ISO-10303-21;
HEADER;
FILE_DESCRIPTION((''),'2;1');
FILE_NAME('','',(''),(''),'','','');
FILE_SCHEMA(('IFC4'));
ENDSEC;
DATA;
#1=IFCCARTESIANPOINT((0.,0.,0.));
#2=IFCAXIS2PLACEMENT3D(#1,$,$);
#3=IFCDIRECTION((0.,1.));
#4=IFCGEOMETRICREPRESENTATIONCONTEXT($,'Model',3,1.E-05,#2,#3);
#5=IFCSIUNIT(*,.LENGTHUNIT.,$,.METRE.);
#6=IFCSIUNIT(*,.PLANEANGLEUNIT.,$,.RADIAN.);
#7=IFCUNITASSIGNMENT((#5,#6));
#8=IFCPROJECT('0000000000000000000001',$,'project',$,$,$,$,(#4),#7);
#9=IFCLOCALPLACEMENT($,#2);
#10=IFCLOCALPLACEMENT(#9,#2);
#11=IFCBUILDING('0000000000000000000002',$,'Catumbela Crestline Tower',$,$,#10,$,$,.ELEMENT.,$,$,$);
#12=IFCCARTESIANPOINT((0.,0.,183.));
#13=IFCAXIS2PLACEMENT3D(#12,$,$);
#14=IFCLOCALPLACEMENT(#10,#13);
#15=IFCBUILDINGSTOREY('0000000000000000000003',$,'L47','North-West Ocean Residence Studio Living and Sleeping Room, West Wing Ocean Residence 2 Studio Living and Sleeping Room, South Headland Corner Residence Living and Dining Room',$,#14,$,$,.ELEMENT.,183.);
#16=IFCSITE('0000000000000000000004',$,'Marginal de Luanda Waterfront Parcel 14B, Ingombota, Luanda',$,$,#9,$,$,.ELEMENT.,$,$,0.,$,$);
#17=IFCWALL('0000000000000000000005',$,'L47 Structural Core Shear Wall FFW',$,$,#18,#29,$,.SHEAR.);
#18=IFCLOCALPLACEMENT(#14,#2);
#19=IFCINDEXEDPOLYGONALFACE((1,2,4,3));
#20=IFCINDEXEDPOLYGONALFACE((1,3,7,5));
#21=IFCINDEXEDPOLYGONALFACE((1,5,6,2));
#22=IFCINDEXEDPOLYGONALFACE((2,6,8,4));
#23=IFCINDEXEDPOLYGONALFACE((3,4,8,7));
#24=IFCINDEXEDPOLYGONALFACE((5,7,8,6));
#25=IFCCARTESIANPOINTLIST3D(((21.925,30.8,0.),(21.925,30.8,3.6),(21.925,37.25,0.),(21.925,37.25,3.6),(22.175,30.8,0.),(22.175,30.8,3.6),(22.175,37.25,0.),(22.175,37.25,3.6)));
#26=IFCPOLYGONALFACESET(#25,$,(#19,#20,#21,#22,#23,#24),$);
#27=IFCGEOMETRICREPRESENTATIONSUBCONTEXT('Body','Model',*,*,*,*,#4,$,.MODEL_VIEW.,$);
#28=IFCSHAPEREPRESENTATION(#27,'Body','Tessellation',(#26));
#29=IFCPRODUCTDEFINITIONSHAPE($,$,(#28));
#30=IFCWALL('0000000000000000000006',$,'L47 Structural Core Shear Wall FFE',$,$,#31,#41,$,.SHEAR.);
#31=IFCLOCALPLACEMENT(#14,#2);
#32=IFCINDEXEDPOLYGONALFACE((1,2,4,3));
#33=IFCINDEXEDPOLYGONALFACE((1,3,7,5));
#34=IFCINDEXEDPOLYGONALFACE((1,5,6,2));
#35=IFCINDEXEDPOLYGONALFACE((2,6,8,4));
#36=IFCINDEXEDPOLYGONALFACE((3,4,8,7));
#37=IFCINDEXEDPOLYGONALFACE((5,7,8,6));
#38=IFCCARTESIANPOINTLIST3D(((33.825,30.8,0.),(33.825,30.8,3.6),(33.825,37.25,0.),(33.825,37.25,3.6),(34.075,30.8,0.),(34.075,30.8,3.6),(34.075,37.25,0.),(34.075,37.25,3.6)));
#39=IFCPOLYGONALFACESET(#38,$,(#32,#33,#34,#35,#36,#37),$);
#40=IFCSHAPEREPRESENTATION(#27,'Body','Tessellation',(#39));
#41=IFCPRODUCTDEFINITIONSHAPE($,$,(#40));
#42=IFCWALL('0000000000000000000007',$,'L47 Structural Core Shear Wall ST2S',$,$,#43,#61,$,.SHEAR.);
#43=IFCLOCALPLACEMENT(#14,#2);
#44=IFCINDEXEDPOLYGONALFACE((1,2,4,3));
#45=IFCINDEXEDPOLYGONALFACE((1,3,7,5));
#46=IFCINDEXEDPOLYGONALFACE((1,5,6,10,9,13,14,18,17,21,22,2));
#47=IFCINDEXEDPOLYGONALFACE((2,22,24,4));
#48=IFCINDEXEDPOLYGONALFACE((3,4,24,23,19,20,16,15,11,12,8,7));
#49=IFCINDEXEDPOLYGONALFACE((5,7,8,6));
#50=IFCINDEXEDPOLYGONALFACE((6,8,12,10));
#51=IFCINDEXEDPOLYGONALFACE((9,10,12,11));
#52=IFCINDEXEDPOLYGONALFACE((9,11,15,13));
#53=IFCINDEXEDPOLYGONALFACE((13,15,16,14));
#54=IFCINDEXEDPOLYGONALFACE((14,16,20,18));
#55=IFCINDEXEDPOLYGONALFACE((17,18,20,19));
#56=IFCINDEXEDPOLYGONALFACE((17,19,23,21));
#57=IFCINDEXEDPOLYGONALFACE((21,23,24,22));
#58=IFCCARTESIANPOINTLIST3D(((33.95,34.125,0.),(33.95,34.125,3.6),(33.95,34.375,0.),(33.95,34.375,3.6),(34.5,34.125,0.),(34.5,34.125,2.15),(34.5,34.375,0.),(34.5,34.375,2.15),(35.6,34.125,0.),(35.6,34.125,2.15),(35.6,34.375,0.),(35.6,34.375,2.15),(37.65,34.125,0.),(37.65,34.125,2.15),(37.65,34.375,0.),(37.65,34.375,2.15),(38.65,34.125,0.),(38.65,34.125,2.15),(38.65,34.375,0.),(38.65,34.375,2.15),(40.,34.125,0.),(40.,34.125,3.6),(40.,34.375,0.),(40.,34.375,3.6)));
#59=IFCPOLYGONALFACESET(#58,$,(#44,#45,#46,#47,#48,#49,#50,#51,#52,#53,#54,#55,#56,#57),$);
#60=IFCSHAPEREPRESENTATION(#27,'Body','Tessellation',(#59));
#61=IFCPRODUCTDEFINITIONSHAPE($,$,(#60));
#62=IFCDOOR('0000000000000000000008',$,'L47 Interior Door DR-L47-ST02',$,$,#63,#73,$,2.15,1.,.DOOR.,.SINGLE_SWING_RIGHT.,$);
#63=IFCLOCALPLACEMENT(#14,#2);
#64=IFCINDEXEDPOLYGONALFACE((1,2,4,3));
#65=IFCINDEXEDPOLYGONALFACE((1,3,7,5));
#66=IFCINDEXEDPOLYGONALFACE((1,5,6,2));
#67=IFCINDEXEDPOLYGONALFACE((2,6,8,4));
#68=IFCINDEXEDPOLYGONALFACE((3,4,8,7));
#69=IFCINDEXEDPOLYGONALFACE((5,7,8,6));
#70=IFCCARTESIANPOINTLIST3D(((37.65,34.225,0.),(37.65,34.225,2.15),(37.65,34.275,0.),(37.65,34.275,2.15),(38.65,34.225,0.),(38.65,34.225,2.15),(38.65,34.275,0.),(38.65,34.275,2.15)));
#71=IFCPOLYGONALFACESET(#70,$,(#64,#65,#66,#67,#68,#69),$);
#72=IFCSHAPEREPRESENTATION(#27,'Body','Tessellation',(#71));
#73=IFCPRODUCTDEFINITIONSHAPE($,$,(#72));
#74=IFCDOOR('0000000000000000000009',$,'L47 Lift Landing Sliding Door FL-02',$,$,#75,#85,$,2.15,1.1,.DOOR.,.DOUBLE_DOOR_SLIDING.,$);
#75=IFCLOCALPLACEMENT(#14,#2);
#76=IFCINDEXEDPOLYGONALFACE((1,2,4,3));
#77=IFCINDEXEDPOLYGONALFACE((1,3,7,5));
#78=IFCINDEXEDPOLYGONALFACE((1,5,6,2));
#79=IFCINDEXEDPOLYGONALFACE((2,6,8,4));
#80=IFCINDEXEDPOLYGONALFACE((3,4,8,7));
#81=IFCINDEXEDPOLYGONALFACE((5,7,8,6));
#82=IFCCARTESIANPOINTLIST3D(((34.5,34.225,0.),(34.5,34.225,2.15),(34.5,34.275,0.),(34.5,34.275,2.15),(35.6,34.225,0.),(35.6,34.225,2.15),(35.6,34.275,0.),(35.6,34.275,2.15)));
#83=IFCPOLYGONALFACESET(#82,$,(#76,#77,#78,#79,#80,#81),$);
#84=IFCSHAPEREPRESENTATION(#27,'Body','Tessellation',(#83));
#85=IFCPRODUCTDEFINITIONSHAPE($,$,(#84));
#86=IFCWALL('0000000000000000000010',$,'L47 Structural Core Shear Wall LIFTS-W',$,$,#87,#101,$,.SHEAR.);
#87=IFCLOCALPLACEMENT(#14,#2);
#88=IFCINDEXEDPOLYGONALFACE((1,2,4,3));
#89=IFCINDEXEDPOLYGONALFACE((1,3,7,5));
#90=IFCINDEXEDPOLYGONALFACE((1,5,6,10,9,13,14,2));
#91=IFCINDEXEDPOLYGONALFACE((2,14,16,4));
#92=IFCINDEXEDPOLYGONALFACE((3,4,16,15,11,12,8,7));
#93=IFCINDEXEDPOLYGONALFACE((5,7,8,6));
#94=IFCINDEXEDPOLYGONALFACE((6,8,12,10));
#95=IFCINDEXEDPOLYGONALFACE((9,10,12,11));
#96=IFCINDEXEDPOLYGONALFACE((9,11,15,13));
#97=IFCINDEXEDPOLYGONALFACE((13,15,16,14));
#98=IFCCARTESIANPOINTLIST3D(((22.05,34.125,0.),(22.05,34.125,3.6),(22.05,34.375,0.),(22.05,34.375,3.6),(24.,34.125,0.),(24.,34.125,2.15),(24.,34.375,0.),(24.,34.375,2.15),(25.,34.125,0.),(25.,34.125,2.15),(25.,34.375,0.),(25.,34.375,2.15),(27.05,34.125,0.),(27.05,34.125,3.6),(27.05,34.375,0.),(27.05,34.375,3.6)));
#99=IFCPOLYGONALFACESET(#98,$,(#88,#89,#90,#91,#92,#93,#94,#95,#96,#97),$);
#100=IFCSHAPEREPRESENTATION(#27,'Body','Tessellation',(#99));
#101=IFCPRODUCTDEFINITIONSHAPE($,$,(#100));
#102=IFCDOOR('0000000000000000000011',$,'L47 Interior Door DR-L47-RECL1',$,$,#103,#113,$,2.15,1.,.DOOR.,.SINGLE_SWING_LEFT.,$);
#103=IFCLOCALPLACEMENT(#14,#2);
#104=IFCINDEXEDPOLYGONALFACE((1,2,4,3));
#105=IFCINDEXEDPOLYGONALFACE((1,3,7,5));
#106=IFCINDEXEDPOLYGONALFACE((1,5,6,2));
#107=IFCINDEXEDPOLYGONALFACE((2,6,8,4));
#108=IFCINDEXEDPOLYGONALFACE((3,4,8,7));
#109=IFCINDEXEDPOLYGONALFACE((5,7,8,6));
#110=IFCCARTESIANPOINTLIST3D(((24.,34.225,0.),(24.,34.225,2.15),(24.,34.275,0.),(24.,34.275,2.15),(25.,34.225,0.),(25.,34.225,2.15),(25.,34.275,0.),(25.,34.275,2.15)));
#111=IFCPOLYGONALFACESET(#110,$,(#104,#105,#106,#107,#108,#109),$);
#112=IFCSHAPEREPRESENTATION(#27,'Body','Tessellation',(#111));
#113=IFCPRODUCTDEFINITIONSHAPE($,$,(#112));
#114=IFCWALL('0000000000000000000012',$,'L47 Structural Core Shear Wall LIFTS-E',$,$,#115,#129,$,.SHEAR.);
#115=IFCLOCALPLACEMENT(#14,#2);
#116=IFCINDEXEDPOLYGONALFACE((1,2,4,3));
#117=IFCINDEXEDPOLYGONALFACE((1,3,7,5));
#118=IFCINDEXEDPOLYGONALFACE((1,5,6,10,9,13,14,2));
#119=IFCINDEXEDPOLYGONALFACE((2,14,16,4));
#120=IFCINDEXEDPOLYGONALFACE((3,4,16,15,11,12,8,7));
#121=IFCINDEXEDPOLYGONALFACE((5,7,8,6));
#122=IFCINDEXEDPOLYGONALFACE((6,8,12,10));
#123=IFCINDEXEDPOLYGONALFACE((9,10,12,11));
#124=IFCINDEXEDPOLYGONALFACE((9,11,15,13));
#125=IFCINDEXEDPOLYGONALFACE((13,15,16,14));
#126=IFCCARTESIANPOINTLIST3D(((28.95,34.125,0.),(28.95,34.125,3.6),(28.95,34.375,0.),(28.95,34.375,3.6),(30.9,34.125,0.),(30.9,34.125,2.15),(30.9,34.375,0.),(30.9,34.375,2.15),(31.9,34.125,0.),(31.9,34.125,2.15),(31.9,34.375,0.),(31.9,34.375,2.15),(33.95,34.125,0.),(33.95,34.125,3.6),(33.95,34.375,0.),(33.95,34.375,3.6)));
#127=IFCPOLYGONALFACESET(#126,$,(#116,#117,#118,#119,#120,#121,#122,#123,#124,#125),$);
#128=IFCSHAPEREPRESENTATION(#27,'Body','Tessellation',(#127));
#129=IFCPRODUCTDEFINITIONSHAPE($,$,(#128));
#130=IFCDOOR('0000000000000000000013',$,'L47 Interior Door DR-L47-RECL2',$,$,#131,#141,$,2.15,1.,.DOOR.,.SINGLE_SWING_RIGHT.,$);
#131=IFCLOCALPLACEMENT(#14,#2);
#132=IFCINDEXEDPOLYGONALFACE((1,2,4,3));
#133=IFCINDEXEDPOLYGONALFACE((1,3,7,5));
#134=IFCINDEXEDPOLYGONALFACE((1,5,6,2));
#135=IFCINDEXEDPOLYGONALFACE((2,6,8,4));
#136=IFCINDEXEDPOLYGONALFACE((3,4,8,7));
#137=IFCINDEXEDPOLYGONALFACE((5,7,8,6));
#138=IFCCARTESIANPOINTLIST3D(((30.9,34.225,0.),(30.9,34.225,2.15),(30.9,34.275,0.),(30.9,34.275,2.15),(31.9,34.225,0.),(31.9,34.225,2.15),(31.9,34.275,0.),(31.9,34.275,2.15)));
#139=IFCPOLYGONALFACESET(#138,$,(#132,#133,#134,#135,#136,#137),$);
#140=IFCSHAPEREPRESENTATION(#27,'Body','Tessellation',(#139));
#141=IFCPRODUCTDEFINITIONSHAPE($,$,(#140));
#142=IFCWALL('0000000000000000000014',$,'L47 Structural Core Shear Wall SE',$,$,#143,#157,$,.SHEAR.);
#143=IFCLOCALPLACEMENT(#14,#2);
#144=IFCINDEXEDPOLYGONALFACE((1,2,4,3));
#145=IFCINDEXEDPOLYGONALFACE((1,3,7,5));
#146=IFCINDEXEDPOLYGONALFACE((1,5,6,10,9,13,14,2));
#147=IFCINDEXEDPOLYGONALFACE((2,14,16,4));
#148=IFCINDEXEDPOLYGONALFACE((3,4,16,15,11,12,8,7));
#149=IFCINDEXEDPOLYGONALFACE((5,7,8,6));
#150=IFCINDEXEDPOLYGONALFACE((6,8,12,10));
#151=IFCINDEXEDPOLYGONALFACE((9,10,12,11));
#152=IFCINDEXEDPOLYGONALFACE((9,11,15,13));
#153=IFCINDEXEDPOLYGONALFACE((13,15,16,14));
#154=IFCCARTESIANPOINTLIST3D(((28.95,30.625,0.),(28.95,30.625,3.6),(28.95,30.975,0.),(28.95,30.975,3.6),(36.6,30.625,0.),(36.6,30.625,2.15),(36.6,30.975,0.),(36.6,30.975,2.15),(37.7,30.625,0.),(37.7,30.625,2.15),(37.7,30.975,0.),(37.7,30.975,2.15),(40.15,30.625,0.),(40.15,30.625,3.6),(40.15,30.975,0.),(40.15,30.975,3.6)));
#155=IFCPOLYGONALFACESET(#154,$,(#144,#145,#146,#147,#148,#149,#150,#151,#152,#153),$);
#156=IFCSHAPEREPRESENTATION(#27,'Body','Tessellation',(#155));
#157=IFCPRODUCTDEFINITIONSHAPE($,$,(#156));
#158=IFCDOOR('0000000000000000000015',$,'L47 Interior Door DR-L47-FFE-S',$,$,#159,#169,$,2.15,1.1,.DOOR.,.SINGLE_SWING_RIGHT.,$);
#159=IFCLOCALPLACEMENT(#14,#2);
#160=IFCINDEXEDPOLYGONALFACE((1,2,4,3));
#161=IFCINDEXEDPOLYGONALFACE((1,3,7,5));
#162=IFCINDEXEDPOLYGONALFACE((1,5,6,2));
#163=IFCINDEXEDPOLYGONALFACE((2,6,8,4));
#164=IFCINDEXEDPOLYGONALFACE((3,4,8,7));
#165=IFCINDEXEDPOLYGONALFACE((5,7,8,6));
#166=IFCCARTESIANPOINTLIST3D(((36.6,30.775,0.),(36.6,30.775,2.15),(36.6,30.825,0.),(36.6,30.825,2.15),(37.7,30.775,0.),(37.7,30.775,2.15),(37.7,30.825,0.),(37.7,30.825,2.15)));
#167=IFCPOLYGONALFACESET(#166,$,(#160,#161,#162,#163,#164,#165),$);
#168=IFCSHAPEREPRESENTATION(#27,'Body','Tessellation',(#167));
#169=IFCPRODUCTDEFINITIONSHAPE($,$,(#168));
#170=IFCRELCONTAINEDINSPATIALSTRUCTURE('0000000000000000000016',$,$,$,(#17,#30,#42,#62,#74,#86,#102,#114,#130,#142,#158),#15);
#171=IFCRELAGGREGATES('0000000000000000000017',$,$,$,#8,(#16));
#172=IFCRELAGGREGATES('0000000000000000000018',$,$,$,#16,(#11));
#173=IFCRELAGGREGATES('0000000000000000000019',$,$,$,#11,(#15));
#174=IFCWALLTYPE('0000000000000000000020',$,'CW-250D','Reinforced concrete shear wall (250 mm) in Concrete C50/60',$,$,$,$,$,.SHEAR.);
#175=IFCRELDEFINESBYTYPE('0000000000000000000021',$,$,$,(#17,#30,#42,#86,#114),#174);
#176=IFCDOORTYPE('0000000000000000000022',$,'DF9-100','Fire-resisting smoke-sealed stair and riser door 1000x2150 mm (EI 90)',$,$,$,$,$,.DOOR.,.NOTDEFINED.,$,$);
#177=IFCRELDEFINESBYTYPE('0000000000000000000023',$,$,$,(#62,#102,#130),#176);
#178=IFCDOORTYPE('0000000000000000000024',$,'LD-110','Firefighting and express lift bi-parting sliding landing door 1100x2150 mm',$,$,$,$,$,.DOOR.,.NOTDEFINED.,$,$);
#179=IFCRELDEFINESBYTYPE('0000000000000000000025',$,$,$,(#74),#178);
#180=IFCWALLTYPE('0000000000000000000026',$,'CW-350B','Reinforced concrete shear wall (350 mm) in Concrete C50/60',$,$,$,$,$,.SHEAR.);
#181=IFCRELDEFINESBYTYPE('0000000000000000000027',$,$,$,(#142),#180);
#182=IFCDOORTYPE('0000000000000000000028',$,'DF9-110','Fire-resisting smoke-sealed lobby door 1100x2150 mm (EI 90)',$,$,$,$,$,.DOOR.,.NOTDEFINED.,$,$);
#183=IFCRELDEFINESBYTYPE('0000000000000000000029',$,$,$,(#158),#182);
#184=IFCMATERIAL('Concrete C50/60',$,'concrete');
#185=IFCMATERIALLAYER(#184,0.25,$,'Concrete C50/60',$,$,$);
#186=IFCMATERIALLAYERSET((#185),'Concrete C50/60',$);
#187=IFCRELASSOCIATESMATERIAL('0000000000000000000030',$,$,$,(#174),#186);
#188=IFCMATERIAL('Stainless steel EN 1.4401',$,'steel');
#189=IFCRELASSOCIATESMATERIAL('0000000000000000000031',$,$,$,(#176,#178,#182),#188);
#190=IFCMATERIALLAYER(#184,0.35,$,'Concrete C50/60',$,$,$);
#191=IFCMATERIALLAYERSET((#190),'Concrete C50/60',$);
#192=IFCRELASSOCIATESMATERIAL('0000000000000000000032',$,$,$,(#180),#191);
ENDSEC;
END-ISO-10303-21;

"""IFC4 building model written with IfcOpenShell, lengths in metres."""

from ifc_helpers import new_model, si_unit, direction, frame, frame_2d, origin, place, context, subcontext, project, spatial, rectangle, extrude, material, layer, layer_set, type_object, element, fill, save


model = new_model("IFC4")

# Units and contexts
model_context = context("Model", 3, precision=1e-05, world=origin(), true_north=direction((0.0, 1.0)))
body_context = subcontext(model_context, "Body", "Model", "MODEL_VIEW")
ifc_project = project(units=[si_unit("LENGTHUNIT", "METRE"), si_unit("PLANEANGLEUNIT", "RADIAN")], contexts=[model_context])

# Site, building, storey
site_placement = place(None, origin())
site = spatial("IfcSite", under=ifc_project, at=site_placement, Name="Marginal de Luanda Waterfront Parcel 14B, Ingombota, Luanda", CompositionType="ELEMENT", RefElevation=0.0)
building_placement = place(site_placement, origin())
building = spatial("IfcBuilding", under=site, at=building_placement, Name="Catumbela Crestline Tower", CompositionType="ELEMENT")
storey_placement = place(building_placement, frame((0.0, 0.0, 183.0)))
storey = spatial("IfcBuildingStorey", under=building, at=storey_placement, Name="L47", Description="North-West Ocean Residence Studio Living and Sleeping Room, West Wing Ocean Residence 2 Studio Living and Sleeping Room, South Headland Corner Residence Living and Dining Room", CompositionType="ELEMENT", Elevation=183.0)

# Walls
ifc_material_1 = material(Name="Concrete C50/60", Category="concrete")
ifc_layer_1 = layer(ifc_material_1, 0.25, Name="Concrete C50/60")
ifc_layer_set_1 = layer_set([ifc_layer_1], Name="Concrete C50/60")
wall_type_1 = type_object("IfcWallType", Name="CW-250D", Description="Reinforced concrete shear wall (250 mm) in Concrete C50/60", PredefinedType="SHEAR", material=ifc_layer_set_1)
for number, where, z_axis, x_axis, name in (
    (1, (22.05, 30.8, 0.0), (0.0, 0.0, 1.0), (0.0, 1.0, 0.0), "L47 Structural Core Shear Wall FFW"),
    (2, (33.95, 30.8, 0.0), (0.0, 0.0, 1.0), (0.0, 1.0, 0.0), "L47 Structural Core Shear Wall FFE"),
):
    element("IfcWall", number, at=place(storey_placement, frame(where, z_axis=z_axis, x_axis=x_axis)), inside=storey, type_object=wall_type_1, Name=name, PredefinedType="SHEAR", context=body_context, shape_type="SweptSolid", body=[
        extrude(rectangle(XDim=6.45, YDim=0.25, at=frame_2d((3.225, 0.0))), origin(), (0.0, 0.0, 1.0), 3.6),
    ])

# Wall, openings, doors
wall_1_placement = place(storey_placement, frame((33.95, 34.25, 0.0), z_axis=(0.0, 0.0, 1.0), x_axis=(1.0, 0.0, 0.0)))
wall_1 = element("IfcWall", 3, at=wall_1_placement, inside=storey, type_object=wall_type_1, Name="L47 Structural Core Shear Wall ST2S", PredefinedType="SHEAR", context=body_context, shape_type="SweptSolid", body=[
    extrude(rectangle(XDim=6.05, YDim=0.25, at=frame_2d((3.025, 0.0))), origin(), (0.0, 0.0, 1.0), 3.6),
])
opening_1_placement = place(wall_1_placement, frame((3.7, 0.0, 0.0)))
opening_1 = element("IfcOpeningElement", 4, at=opening_1_placement, cuts=wall_1, PredefinedType="OPENING", context=body_context, shape_type="SweptSolid", body=[
    extrude(rectangle(XDim=1.0, YDim=2.15, at=frame_2d((0.5, 1.075))), frame((0.0, 0.135, 0.0), z_axis=(0.0, -1.0, 0.0), x_axis=(1.0, 0.0, 0.0)), (0.0, 0.0, 1.0), 0.27),
])
opening_2_placement = place(wall_1_placement, frame((0.55, 0.0, 0.0)))
opening_2 = element("IfcOpeningElement", 5, at=opening_2_placement, cuts=wall_1, PredefinedType="OPENING", context=body_context, shape_type="SweptSolid", body=[
    extrude(rectangle(XDim=1.1, YDim=2.15, at=frame_2d((0.55, 1.075))), frame((0.0, 0.135, 0.0), z_axis=(0.0, -1.0, 0.0), x_axis=(1.0, 0.0, 0.0)), (0.0, 0.0, 1.0), 0.27),
])
ifc_material_2 = material(Name="Stainless steel EN 1.4401", Category="steel")
door_type_1 = type_object("IfcDoorType", Name="DF9-100", Description="Fire-resisting smoke-sealed stair and riser door 1000x2150 mm (EI 90)", OperationType="NOTDEFINED", PredefinedType="DOOR", material=ifc_material_2)
door_1_placement = place(opening_1_placement, origin())
door_1 = element("IfcDoor", 6, at=door_1_placement, inside=storey, type_object=door_type_1, Name="L47 Interior Door DR-L47-ST02", OperationType="SINGLE_SWING_RIGHT", OverallHeight=2.15, OverallWidth=1.0, PredefinedType="DOOR", context=body_context, shape_type="SweptSolid", body=[
    extrude(rectangle(XDim=1.0, YDim=2.15, at=frame_2d((0.5, 1.075))), frame((0.0, 0.025, 0.0), z_axis=(0.0, -1.0, 0.0), x_axis=(1.0, 0.0, 0.0)), (0.0, 0.0, 1.0), 0.05),
])
fill(opening_1, door_1)
door_type_2 = type_object("IfcDoorType", Name="LD-110", Description="Firefighting and express lift bi-parting sliding landing door 1100x2150 mm", OperationType="NOTDEFINED", PredefinedType="DOOR", material=ifc_material_2)
door_2_placement = place(opening_2_placement, origin())
door_2 = element("IfcDoor", 7, at=door_2_placement, inside=storey, type_object=door_type_2, Name="L47 Lift Landing Sliding Door FL-02", OperationType="DOUBLE_DOOR_SLIDING", OverallHeight=2.15, OverallWidth=1.1, PredefinedType="DOOR", context=body_context, shape_type="SweptSolid", body=[
    extrude(rectangle(XDim=1.1, YDim=2.15, at=frame_2d((0.55, 1.075))), frame((0.0, 0.025, 0.0), z_axis=(0.0, -1.0, 0.0), x_axis=(1.0, 0.0, 0.0)), (0.0, 0.0, 1.0), 0.05),
])
fill(opening_2, door_2)

# Walls, openings, doors
wall_2_placement = place(storey_placement, frame((22.05, 34.25, 0.0), z_axis=(0.0, 0.0, 1.0), x_axis=(1.0, 0.0, 0.0)))
wall_2 = element("IfcWall", 8, at=wall_2_placement, inside=storey, type_object=wall_type_1, Name="L47 Structural Core Shear Wall LIFTS-W", PredefinedType="SHEAR", context=body_context, shape_type="SweptSolid", body=[
    extrude(rectangle(XDim=5.0, YDim=0.25, at=frame_2d((2.5, 0.0))), origin(), (0.0, 0.0, 1.0), 3.6),
])
opening_3_placement = place(wall_2_placement, frame((1.95, 0.0, 0.0)))
opening_3 = element("IfcOpeningElement", 9, at=opening_3_placement, cuts=wall_2, PredefinedType="OPENING", context=body_context, shape_type="SweptSolid", body=[
    extrude(rectangle(XDim=1.0, YDim=2.15, at=frame_2d((0.5, 1.075))), frame((0.0, 0.135, 0.0), z_axis=(0.0, -1.0, 0.0), x_axis=(1.0, 0.0, 0.0)), (0.0, 0.0, 1.0), 0.27),
])
door_3_placement = place(opening_3_placement, origin())
door_3 = element("IfcDoor", 10, at=door_3_placement, inside=storey, type_object=door_type_1, Name="L47 Interior Door DR-L47-RECL1", OperationType="SINGLE_SWING_LEFT", OverallHeight=2.15, OverallWidth=1.0, PredefinedType="DOOR", context=body_context, shape_type="SweptSolid", body=[
    extrude(rectangle(XDim=1.0, YDim=2.15, at=frame_2d((0.5, 1.075))), frame((0.0, 0.025, 0.0), z_axis=(0.0, -1.0, 0.0), x_axis=(1.0, 0.0, 0.0)), (0.0, 0.0, 1.0), 0.05),
])
fill(opening_3, door_3)
wall_3_placement = place(storey_placement, frame((28.95, 34.25, 0.0), z_axis=(0.0, 0.0, 1.0), x_axis=(1.0, 0.0, 0.0)))
wall_3 = element("IfcWall", 11, at=wall_3_placement, inside=storey, type_object=wall_type_1, Name="L47 Structural Core Shear Wall LIFTS-E", PredefinedType="SHEAR", context=body_context, shape_type="SweptSolid", body=[
    extrude(rectangle(XDim=5.0, YDim=0.25, at=frame_2d((2.5, 0.0))), origin(), (0.0, 0.0, 1.0), 3.6),
])
opening_4_placement = place(wall_3_placement, frame((1.95, 0.0, 0.0)))
opening_4 = element("IfcOpeningElement", 12, at=opening_4_placement, cuts=wall_3, PredefinedType="OPENING", context=body_context, shape_type="SweptSolid", body=[
    extrude(rectangle(XDim=1.0, YDim=2.15, at=frame_2d((0.5, 1.075))), frame((0.0, 0.135, 0.0), z_axis=(0.0, -1.0, 0.0), x_axis=(1.0, 0.0, 0.0)), (0.0, 0.0, 1.0), 0.27),
])
door_4_placement = place(opening_4_placement, origin())
door_4 = element("IfcDoor", 13, at=door_4_placement, inside=storey, type_object=door_type_1, Name="L47 Interior Door DR-L47-RECL2", OperationType="SINGLE_SWING_RIGHT", OverallHeight=2.15, OverallWidth=1.0, PredefinedType="DOOR", context=body_context, shape_type="SweptSolid", body=[
    extrude(rectangle(XDim=1.0, YDim=2.15, at=frame_2d((0.5, 1.075))), frame((0.0, 0.025, 0.0), z_axis=(0.0, -1.0, 0.0), x_axis=(1.0, 0.0, 0.0)), (0.0, 0.0, 1.0), 0.05),
])
fill(opening_4, door_4)
ifc_layer_2 = layer(ifc_material_1, 0.35, Name="Concrete C50/60")
ifc_layer_set_2 = layer_set([ifc_layer_2], Name="Concrete C50/60")
wall_type_2 = type_object("IfcWallType", Name="CW-350B", Description="Reinforced concrete shear wall (350 mm) in Concrete C50/60", PredefinedType="SHEAR", material=ifc_layer_set_2)
wall_4_placement = place(storey_placement, frame((28.95, 30.8, 0.0), z_axis=(0.0, 0.0, 1.0), x_axis=(1.0, 0.0, 0.0)))
wall_4 = element("IfcWall", 14, at=wall_4_placement, inside=storey, type_object=wall_type_2, Name="L47 Structural Core Shear Wall SE", PredefinedType="SHEAR", context=body_context, shape_type="SweptSolid", body=[
    extrude(rectangle(XDim=11.2, YDim=0.35, at=frame_2d((5.6, 0.0))), origin(), (0.0, 0.0, 1.0), 3.6),
])
opening_5_placement = place(wall_4_placement, frame((7.65, 0.0, 0.0)))
opening_5 = element("IfcOpeningElement", 15, at=opening_5_placement, cuts=wall_4, PredefinedType="OPENING", context=body_context, shape_type="SweptSolid", body=[
    extrude(rectangle(XDim=1.1, YDim=2.15, at=frame_2d((0.55, 1.075))), frame((0.0, 0.185, 0.0), z_axis=(0.0, -1.0, 0.0), x_axis=(1.0, 0.0, 0.0)), (0.0, 0.0, 1.0), 0.37),
])
door_type_3 = type_object("IfcDoorType", Name="DF9-110", Description="Fire-resisting smoke-sealed lobby door 1100x2150 mm (EI 90)", OperationType="NOTDEFINED", PredefinedType="DOOR", material=ifc_material_2)
door_5_placement = place(opening_5_placement, origin())
door_5 = element("IfcDoor", 16, at=door_5_placement, inside=storey, type_object=door_type_3, Name="L47 Interior Door DR-L47-FFE-S", OperationType="SINGLE_SWING_RIGHT", OverallHeight=2.15, OverallWidth=1.1, PredefinedType="DOOR", context=body_context, shape_type="SweptSolid", body=[
    extrude(rectangle(XDim=1.1, YDim=2.15, at=frame_2d((0.55, 1.075))), frame((0.0, 0.025, 0.0), z_axis=(0.0, -1.0, 0.0), x_axis=(1.0, 0.0, 0.0)), (0.0, 0.0, 1.0), 0.05),
])
fill(opening_5, door_5)

save(model, "model.ifc")
